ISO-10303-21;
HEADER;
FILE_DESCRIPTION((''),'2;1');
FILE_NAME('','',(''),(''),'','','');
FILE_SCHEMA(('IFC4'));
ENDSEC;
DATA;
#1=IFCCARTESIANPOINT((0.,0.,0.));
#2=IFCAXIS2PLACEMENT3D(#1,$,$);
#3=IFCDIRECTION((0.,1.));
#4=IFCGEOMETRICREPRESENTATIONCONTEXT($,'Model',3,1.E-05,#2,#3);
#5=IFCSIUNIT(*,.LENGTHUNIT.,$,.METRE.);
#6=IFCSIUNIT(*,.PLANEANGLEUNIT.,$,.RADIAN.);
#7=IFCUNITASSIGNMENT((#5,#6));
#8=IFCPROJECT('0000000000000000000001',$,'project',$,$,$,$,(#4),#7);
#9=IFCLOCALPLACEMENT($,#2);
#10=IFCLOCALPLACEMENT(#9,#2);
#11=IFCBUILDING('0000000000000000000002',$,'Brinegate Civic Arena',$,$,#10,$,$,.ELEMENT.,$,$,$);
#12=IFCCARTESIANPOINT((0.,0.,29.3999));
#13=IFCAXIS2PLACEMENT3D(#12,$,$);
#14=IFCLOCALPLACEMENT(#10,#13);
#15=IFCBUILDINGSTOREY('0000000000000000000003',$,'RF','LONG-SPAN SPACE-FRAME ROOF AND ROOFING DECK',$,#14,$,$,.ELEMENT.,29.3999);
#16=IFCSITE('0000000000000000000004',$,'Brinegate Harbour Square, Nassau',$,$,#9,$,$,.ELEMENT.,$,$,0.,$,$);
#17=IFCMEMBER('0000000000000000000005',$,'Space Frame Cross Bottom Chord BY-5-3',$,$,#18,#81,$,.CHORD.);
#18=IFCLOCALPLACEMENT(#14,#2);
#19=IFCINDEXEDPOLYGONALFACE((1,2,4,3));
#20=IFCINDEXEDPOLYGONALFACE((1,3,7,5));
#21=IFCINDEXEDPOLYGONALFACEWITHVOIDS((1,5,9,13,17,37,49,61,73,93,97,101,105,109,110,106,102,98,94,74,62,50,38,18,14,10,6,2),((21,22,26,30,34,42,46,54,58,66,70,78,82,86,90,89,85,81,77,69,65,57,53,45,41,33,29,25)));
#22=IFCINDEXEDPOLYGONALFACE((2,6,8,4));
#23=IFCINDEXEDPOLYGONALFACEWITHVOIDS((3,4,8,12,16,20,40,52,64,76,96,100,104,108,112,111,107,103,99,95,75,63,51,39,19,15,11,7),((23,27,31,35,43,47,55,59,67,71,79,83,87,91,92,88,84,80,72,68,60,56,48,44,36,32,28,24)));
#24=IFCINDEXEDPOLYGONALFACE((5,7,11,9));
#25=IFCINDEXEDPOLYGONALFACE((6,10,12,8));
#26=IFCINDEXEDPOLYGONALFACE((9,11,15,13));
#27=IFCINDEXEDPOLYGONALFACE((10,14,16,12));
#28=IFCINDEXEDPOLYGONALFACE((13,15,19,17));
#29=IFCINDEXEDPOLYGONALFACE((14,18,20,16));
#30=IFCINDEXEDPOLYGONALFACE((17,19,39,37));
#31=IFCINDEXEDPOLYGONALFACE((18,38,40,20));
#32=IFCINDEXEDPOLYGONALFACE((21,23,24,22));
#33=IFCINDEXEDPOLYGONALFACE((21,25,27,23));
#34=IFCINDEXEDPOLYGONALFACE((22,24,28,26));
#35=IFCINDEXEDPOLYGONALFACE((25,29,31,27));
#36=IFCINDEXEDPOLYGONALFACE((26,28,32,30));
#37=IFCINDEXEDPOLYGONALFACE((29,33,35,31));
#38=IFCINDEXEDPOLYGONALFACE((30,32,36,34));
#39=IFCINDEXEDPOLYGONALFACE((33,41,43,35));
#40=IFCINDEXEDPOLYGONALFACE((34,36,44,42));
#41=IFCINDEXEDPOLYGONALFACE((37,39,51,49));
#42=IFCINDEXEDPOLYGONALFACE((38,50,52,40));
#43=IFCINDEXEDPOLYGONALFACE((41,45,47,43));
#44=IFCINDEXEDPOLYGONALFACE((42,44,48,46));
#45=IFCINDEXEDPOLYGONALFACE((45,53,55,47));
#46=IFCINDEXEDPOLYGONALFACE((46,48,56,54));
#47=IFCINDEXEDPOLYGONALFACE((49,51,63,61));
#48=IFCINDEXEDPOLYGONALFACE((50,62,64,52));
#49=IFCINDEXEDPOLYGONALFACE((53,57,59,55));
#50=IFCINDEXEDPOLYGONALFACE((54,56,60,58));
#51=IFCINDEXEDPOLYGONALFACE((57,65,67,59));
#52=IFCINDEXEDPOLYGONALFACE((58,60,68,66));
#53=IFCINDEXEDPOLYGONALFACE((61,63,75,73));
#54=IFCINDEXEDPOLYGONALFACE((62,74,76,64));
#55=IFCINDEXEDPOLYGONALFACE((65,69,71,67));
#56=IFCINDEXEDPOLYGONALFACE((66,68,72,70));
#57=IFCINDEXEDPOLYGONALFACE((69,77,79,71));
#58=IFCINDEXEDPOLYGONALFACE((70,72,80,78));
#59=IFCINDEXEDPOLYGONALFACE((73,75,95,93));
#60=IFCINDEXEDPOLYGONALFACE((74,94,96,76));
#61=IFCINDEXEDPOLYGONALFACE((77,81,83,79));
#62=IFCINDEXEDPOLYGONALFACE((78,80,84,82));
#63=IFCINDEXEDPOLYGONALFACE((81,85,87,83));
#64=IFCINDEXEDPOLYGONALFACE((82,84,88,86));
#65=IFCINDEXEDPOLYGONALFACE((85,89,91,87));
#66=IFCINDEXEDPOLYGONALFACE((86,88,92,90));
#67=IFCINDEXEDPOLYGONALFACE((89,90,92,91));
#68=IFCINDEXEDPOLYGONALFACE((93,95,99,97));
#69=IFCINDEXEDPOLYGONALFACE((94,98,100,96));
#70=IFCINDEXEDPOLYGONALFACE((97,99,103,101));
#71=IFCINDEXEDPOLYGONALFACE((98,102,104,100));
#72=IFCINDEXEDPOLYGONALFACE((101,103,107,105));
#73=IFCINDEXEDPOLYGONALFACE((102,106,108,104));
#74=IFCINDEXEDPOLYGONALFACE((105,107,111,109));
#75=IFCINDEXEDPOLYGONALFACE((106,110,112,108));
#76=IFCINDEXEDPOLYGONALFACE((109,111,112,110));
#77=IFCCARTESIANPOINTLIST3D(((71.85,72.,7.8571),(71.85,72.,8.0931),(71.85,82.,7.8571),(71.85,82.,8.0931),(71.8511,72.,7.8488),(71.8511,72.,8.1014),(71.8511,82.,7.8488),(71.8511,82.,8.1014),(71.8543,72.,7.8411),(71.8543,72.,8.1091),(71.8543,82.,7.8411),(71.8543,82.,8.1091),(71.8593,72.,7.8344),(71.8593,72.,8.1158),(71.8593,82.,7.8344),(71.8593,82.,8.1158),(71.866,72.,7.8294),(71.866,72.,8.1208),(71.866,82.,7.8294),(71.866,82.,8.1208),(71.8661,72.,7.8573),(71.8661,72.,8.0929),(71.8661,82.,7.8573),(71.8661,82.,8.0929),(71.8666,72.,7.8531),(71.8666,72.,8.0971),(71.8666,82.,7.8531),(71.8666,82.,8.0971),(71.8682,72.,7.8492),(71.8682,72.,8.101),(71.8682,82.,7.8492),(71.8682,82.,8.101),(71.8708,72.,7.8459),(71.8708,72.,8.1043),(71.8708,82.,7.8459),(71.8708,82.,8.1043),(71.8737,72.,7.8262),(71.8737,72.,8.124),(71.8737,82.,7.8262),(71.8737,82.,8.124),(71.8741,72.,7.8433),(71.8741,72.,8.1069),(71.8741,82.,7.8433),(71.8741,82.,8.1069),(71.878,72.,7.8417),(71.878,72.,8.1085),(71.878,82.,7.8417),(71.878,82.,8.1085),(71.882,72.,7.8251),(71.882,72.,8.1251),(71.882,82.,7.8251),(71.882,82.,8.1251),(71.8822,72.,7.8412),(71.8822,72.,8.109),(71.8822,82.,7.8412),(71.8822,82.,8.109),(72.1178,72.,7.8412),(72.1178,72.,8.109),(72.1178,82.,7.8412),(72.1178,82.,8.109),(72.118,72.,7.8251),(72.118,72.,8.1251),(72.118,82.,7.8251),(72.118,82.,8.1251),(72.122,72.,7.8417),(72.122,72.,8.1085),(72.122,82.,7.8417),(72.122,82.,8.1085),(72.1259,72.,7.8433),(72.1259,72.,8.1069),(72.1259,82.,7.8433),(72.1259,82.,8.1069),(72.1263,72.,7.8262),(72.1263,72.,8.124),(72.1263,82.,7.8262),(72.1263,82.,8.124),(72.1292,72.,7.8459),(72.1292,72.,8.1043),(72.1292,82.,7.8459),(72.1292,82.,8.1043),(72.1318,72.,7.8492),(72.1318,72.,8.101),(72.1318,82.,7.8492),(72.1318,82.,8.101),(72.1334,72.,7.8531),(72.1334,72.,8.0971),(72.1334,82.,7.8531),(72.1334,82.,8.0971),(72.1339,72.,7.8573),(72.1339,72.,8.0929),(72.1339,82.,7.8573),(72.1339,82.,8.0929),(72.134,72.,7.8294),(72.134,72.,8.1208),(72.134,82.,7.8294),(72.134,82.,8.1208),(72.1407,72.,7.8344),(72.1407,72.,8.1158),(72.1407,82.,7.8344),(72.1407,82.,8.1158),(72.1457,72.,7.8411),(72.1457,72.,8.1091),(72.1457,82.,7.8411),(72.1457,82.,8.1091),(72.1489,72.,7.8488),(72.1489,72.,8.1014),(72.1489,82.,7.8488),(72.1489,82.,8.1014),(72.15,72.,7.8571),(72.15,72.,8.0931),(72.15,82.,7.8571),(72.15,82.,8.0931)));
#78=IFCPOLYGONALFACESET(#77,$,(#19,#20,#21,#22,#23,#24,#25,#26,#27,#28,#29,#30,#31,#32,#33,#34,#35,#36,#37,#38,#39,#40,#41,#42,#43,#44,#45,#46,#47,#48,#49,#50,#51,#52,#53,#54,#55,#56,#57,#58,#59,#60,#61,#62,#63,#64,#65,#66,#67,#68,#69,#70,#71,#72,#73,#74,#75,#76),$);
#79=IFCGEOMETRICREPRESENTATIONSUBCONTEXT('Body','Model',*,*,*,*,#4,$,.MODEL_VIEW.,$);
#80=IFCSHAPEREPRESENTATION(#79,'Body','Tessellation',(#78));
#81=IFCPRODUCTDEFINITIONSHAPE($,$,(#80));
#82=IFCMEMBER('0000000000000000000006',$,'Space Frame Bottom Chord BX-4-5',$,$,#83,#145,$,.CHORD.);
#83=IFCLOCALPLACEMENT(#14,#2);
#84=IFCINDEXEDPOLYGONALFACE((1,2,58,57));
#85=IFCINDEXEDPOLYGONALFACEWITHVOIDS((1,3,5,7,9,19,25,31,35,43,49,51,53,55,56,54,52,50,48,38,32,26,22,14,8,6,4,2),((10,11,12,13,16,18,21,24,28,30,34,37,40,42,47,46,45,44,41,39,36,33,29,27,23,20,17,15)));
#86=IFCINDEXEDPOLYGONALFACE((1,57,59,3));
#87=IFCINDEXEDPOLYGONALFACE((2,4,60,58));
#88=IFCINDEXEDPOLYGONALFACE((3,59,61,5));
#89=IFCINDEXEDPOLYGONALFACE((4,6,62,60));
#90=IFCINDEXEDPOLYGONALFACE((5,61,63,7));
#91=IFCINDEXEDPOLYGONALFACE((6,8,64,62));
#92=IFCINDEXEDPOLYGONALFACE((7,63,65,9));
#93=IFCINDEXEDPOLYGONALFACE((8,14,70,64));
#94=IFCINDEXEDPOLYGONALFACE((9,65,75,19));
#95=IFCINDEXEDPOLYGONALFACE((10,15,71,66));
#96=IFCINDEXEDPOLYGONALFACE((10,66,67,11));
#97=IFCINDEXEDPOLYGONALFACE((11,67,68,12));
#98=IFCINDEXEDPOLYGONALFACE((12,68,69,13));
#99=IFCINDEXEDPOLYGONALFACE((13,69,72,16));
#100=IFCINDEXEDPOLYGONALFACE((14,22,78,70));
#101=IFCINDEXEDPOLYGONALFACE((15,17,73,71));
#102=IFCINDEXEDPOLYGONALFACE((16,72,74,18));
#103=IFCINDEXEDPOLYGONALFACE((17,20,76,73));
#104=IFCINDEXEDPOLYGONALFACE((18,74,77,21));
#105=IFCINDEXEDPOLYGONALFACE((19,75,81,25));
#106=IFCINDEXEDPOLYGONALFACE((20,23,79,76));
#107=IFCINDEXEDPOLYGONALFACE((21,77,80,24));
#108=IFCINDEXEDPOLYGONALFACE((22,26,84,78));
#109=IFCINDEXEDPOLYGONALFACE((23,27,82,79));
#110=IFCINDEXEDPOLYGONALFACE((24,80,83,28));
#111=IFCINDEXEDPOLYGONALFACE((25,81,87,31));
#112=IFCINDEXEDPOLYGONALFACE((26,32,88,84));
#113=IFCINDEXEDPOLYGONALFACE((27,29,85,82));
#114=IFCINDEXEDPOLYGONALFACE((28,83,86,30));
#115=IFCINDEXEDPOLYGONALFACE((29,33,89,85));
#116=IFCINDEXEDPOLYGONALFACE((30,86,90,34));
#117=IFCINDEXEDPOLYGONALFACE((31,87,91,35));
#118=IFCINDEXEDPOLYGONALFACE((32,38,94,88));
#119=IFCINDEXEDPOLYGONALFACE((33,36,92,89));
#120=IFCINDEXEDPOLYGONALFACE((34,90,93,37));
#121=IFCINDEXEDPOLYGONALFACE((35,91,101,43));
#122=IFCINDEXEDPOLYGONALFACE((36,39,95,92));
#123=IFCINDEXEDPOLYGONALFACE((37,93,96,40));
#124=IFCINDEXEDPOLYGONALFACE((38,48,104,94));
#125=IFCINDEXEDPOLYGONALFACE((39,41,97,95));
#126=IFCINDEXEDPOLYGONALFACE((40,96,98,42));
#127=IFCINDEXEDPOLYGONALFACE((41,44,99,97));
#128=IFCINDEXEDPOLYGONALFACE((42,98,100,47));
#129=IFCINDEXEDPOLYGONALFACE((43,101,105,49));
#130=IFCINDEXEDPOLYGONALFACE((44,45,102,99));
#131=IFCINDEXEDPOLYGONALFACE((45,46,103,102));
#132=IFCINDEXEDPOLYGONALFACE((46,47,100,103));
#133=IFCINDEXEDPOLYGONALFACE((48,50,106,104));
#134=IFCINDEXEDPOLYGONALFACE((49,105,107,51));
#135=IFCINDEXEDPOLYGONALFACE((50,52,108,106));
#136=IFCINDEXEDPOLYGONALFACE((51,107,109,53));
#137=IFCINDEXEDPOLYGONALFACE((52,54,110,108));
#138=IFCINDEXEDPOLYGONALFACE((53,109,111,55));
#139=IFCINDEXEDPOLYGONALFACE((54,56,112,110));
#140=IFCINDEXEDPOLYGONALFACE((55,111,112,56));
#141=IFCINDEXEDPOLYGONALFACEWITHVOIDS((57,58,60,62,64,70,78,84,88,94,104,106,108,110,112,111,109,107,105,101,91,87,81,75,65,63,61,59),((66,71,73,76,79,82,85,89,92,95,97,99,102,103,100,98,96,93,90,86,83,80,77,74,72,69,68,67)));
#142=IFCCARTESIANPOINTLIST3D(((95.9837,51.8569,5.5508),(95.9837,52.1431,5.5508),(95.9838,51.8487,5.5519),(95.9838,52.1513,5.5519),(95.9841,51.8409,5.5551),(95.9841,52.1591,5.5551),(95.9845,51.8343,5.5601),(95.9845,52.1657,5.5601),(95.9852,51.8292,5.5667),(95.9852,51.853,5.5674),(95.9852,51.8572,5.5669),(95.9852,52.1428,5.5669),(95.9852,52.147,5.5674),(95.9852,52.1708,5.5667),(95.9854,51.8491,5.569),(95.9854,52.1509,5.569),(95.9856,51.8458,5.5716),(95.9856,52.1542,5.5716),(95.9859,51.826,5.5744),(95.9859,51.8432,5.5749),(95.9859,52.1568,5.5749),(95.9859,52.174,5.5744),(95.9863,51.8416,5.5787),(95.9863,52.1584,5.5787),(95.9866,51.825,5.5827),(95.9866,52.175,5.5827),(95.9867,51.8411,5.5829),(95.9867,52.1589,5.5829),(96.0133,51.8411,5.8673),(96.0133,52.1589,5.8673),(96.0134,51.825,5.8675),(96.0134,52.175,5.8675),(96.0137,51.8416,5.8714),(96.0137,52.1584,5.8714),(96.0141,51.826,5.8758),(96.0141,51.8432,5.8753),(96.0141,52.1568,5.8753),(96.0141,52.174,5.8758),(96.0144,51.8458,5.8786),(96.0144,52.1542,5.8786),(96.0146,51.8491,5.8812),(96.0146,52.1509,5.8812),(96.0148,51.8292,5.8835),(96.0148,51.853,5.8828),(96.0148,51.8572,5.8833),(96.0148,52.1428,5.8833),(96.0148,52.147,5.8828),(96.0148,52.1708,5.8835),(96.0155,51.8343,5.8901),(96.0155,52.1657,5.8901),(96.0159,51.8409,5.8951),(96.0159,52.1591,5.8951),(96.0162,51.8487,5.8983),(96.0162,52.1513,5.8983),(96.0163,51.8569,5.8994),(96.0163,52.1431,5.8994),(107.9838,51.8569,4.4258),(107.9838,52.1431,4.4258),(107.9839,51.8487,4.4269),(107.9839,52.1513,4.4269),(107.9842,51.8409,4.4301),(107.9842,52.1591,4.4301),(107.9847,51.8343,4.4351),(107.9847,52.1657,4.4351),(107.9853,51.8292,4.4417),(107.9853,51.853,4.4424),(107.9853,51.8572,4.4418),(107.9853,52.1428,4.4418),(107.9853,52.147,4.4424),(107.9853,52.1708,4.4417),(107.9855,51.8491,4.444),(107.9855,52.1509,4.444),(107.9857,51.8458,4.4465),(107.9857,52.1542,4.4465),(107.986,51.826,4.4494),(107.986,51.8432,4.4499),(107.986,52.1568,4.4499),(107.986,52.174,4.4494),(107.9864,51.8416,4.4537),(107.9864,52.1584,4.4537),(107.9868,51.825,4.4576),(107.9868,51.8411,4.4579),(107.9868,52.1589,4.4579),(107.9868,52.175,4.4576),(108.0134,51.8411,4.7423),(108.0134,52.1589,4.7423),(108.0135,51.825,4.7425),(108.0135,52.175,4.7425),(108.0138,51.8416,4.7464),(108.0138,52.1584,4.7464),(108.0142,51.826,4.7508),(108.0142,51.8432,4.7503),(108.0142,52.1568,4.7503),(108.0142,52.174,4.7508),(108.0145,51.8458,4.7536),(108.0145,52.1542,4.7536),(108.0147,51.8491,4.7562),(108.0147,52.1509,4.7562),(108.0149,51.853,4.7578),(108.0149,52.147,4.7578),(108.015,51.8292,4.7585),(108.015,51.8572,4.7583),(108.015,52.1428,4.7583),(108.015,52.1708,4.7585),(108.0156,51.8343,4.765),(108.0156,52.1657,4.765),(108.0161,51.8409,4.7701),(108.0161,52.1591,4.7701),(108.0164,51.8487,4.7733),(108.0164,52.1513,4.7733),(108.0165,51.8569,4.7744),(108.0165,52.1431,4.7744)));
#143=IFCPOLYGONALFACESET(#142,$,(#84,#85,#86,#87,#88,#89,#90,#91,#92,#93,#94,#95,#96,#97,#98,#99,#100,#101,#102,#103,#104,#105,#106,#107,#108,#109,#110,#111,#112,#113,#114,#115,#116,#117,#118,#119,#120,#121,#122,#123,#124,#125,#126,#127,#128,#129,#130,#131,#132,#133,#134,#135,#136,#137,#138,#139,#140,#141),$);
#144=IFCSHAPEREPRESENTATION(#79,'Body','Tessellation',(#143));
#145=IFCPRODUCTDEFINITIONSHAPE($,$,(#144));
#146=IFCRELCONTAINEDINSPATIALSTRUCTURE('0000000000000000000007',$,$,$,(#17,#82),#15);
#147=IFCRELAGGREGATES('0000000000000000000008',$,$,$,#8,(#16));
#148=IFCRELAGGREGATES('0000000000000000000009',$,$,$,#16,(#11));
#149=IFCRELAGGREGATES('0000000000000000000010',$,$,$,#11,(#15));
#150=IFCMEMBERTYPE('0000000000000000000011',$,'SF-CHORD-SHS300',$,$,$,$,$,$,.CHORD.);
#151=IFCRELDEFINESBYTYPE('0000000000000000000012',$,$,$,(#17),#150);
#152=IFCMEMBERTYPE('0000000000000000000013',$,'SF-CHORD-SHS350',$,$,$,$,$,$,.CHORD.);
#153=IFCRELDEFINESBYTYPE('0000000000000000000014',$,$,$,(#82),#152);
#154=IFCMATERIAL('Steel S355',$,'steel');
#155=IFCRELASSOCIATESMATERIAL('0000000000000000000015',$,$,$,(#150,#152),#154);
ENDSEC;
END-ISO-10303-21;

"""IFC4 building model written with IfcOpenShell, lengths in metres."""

from ifc_helpers import new_model, si_unit, direction, frame, origin, origin_2d, place, context, subcontext, project, spatial, hollow_rectangle, extrude, material, material_profile, profile_set, type_object, element, save


model = new_model("IFC4")

# Units and contexts
model_context = context("Model", 3, precision=1e-05, world=origin(), true_north=direction((0.0, 1.0)))
body_context = subcontext(model_context, "Body", "Model", "MODEL_VIEW")
ifc_project = project(units=[si_unit("LENGTHUNIT", "METRE"), si_unit("PLANEANGLEUNIT", "RADIAN")], contexts=[model_context])

# Site, building, storey
site_placement = place(None, origin())
site = spatial("IfcSite", under=ifc_project, at=site_placement, Name="Brinegate Harbour Square, Nassau", CompositionType="ELEMENT", RefElevation=0.0)
building_placement = place(site_placement, origin())
building = spatial("IfcBuilding", under=site, at=building_placement, Name="Brinegate Civic Arena", CompositionType="ELEMENT")
storey_placement = place(building_placement, frame((0.0, 0.0, 29.3999)))
storey = spatial("IfcBuildingStorey", under=building, at=storey_placement, Name="RF", Description="LONG-SPAN SPACE-FRAME ROOF AND ROOFING DECK", CompositionType="ELEMENT", Elevation=29.3999)

# Members
ifc_material = material(Name="Steel S355", Category="steel")
ifc_material_profile_1 = material_profile(ifc_material, hollow_rectangle(XDim=0.3, YDim=0.3, WallThickness=0.0161, InnerFilletRadius=0.0161, OuterFilletRadius=0.032, at=origin_2d()), Name="SHS300X16")
ifc_profile_set_1 = profile_set([ifc_material_profile_1], Name="Steel S355")
member_type_1 = type_object("IfcMemberType", Name="SF-CHORD-SHS300", PredefinedType="CHORD", material=ifc_profile_set_1)
member_1_placement = place(storey_placement, frame((72.0, 72.0, 7.9751), z_axis=(0.0, 1.0, 0.0), x_axis=(-1.0, 0.0, 0.0)))
element("IfcMember", 1, at=member_1_placement, inside=storey, type_object=member_type_1, Name="Space Frame Cross Bottom Chord BY-5-3", PredefinedType="CHORD", context=body_context, shape_type="SweptSolid", body=[
    extrude(hollow_rectangle(XDim=0.3, YDim=0.3, WallThickness=0.0161, InnerFilletRadius=0.0161, OuterFilletRadius=0.032, at=origin_2d()), origin(), (0.0, 0.0, 1.0), 10.0),
])
ifc_material_profile_2 = material_profile(ifc_material, hollow_rectangle(XDim=0.3501, YDim=0.3501, WallThickness=0.0161, InnerFilletRadius=0.0161, OuterFilletRadius=0.032, at=origin_2d()), Name="SHS350X16")
ifc_profile_set_2 = profile_set([ifc_material_profile_2], Name="Steel S355")
member_type_2 = type_object("IfcMemberType", Name="SF-CHORD-SHS350", PredefinedType="CHORD", material=ifc_profile_set_2)
for number, where, z_axis, x_axis, name in (
    (2, (96.0, 52.0, 5.7251), (0.995634, 0.0, -0.093341), (0.0, 1.0, 0.0), "Space Frame Bottom Chord BX-4-5"),
):
    element("IfcMember", number, at=place(storey_placement, frame(where, z_axis=z_axis, x_axis=x_axis)), inside=storey, type_object=member_type_2, Name=name, PredefinedType="CHORD", context=body_context, shape_type="SweptSolid", body=[
        extrude(hollow_rectangle(XDim=0.3501, YDim=0.3501, WallThickness=0.0161, InnerFilletRadius=0.0161, OuterFilletRadius=0.032, at=origin_2d()), origin(), (0.0, 0.0, 1.0), 12.0527),
    ])

save(model, "model.ifc")
